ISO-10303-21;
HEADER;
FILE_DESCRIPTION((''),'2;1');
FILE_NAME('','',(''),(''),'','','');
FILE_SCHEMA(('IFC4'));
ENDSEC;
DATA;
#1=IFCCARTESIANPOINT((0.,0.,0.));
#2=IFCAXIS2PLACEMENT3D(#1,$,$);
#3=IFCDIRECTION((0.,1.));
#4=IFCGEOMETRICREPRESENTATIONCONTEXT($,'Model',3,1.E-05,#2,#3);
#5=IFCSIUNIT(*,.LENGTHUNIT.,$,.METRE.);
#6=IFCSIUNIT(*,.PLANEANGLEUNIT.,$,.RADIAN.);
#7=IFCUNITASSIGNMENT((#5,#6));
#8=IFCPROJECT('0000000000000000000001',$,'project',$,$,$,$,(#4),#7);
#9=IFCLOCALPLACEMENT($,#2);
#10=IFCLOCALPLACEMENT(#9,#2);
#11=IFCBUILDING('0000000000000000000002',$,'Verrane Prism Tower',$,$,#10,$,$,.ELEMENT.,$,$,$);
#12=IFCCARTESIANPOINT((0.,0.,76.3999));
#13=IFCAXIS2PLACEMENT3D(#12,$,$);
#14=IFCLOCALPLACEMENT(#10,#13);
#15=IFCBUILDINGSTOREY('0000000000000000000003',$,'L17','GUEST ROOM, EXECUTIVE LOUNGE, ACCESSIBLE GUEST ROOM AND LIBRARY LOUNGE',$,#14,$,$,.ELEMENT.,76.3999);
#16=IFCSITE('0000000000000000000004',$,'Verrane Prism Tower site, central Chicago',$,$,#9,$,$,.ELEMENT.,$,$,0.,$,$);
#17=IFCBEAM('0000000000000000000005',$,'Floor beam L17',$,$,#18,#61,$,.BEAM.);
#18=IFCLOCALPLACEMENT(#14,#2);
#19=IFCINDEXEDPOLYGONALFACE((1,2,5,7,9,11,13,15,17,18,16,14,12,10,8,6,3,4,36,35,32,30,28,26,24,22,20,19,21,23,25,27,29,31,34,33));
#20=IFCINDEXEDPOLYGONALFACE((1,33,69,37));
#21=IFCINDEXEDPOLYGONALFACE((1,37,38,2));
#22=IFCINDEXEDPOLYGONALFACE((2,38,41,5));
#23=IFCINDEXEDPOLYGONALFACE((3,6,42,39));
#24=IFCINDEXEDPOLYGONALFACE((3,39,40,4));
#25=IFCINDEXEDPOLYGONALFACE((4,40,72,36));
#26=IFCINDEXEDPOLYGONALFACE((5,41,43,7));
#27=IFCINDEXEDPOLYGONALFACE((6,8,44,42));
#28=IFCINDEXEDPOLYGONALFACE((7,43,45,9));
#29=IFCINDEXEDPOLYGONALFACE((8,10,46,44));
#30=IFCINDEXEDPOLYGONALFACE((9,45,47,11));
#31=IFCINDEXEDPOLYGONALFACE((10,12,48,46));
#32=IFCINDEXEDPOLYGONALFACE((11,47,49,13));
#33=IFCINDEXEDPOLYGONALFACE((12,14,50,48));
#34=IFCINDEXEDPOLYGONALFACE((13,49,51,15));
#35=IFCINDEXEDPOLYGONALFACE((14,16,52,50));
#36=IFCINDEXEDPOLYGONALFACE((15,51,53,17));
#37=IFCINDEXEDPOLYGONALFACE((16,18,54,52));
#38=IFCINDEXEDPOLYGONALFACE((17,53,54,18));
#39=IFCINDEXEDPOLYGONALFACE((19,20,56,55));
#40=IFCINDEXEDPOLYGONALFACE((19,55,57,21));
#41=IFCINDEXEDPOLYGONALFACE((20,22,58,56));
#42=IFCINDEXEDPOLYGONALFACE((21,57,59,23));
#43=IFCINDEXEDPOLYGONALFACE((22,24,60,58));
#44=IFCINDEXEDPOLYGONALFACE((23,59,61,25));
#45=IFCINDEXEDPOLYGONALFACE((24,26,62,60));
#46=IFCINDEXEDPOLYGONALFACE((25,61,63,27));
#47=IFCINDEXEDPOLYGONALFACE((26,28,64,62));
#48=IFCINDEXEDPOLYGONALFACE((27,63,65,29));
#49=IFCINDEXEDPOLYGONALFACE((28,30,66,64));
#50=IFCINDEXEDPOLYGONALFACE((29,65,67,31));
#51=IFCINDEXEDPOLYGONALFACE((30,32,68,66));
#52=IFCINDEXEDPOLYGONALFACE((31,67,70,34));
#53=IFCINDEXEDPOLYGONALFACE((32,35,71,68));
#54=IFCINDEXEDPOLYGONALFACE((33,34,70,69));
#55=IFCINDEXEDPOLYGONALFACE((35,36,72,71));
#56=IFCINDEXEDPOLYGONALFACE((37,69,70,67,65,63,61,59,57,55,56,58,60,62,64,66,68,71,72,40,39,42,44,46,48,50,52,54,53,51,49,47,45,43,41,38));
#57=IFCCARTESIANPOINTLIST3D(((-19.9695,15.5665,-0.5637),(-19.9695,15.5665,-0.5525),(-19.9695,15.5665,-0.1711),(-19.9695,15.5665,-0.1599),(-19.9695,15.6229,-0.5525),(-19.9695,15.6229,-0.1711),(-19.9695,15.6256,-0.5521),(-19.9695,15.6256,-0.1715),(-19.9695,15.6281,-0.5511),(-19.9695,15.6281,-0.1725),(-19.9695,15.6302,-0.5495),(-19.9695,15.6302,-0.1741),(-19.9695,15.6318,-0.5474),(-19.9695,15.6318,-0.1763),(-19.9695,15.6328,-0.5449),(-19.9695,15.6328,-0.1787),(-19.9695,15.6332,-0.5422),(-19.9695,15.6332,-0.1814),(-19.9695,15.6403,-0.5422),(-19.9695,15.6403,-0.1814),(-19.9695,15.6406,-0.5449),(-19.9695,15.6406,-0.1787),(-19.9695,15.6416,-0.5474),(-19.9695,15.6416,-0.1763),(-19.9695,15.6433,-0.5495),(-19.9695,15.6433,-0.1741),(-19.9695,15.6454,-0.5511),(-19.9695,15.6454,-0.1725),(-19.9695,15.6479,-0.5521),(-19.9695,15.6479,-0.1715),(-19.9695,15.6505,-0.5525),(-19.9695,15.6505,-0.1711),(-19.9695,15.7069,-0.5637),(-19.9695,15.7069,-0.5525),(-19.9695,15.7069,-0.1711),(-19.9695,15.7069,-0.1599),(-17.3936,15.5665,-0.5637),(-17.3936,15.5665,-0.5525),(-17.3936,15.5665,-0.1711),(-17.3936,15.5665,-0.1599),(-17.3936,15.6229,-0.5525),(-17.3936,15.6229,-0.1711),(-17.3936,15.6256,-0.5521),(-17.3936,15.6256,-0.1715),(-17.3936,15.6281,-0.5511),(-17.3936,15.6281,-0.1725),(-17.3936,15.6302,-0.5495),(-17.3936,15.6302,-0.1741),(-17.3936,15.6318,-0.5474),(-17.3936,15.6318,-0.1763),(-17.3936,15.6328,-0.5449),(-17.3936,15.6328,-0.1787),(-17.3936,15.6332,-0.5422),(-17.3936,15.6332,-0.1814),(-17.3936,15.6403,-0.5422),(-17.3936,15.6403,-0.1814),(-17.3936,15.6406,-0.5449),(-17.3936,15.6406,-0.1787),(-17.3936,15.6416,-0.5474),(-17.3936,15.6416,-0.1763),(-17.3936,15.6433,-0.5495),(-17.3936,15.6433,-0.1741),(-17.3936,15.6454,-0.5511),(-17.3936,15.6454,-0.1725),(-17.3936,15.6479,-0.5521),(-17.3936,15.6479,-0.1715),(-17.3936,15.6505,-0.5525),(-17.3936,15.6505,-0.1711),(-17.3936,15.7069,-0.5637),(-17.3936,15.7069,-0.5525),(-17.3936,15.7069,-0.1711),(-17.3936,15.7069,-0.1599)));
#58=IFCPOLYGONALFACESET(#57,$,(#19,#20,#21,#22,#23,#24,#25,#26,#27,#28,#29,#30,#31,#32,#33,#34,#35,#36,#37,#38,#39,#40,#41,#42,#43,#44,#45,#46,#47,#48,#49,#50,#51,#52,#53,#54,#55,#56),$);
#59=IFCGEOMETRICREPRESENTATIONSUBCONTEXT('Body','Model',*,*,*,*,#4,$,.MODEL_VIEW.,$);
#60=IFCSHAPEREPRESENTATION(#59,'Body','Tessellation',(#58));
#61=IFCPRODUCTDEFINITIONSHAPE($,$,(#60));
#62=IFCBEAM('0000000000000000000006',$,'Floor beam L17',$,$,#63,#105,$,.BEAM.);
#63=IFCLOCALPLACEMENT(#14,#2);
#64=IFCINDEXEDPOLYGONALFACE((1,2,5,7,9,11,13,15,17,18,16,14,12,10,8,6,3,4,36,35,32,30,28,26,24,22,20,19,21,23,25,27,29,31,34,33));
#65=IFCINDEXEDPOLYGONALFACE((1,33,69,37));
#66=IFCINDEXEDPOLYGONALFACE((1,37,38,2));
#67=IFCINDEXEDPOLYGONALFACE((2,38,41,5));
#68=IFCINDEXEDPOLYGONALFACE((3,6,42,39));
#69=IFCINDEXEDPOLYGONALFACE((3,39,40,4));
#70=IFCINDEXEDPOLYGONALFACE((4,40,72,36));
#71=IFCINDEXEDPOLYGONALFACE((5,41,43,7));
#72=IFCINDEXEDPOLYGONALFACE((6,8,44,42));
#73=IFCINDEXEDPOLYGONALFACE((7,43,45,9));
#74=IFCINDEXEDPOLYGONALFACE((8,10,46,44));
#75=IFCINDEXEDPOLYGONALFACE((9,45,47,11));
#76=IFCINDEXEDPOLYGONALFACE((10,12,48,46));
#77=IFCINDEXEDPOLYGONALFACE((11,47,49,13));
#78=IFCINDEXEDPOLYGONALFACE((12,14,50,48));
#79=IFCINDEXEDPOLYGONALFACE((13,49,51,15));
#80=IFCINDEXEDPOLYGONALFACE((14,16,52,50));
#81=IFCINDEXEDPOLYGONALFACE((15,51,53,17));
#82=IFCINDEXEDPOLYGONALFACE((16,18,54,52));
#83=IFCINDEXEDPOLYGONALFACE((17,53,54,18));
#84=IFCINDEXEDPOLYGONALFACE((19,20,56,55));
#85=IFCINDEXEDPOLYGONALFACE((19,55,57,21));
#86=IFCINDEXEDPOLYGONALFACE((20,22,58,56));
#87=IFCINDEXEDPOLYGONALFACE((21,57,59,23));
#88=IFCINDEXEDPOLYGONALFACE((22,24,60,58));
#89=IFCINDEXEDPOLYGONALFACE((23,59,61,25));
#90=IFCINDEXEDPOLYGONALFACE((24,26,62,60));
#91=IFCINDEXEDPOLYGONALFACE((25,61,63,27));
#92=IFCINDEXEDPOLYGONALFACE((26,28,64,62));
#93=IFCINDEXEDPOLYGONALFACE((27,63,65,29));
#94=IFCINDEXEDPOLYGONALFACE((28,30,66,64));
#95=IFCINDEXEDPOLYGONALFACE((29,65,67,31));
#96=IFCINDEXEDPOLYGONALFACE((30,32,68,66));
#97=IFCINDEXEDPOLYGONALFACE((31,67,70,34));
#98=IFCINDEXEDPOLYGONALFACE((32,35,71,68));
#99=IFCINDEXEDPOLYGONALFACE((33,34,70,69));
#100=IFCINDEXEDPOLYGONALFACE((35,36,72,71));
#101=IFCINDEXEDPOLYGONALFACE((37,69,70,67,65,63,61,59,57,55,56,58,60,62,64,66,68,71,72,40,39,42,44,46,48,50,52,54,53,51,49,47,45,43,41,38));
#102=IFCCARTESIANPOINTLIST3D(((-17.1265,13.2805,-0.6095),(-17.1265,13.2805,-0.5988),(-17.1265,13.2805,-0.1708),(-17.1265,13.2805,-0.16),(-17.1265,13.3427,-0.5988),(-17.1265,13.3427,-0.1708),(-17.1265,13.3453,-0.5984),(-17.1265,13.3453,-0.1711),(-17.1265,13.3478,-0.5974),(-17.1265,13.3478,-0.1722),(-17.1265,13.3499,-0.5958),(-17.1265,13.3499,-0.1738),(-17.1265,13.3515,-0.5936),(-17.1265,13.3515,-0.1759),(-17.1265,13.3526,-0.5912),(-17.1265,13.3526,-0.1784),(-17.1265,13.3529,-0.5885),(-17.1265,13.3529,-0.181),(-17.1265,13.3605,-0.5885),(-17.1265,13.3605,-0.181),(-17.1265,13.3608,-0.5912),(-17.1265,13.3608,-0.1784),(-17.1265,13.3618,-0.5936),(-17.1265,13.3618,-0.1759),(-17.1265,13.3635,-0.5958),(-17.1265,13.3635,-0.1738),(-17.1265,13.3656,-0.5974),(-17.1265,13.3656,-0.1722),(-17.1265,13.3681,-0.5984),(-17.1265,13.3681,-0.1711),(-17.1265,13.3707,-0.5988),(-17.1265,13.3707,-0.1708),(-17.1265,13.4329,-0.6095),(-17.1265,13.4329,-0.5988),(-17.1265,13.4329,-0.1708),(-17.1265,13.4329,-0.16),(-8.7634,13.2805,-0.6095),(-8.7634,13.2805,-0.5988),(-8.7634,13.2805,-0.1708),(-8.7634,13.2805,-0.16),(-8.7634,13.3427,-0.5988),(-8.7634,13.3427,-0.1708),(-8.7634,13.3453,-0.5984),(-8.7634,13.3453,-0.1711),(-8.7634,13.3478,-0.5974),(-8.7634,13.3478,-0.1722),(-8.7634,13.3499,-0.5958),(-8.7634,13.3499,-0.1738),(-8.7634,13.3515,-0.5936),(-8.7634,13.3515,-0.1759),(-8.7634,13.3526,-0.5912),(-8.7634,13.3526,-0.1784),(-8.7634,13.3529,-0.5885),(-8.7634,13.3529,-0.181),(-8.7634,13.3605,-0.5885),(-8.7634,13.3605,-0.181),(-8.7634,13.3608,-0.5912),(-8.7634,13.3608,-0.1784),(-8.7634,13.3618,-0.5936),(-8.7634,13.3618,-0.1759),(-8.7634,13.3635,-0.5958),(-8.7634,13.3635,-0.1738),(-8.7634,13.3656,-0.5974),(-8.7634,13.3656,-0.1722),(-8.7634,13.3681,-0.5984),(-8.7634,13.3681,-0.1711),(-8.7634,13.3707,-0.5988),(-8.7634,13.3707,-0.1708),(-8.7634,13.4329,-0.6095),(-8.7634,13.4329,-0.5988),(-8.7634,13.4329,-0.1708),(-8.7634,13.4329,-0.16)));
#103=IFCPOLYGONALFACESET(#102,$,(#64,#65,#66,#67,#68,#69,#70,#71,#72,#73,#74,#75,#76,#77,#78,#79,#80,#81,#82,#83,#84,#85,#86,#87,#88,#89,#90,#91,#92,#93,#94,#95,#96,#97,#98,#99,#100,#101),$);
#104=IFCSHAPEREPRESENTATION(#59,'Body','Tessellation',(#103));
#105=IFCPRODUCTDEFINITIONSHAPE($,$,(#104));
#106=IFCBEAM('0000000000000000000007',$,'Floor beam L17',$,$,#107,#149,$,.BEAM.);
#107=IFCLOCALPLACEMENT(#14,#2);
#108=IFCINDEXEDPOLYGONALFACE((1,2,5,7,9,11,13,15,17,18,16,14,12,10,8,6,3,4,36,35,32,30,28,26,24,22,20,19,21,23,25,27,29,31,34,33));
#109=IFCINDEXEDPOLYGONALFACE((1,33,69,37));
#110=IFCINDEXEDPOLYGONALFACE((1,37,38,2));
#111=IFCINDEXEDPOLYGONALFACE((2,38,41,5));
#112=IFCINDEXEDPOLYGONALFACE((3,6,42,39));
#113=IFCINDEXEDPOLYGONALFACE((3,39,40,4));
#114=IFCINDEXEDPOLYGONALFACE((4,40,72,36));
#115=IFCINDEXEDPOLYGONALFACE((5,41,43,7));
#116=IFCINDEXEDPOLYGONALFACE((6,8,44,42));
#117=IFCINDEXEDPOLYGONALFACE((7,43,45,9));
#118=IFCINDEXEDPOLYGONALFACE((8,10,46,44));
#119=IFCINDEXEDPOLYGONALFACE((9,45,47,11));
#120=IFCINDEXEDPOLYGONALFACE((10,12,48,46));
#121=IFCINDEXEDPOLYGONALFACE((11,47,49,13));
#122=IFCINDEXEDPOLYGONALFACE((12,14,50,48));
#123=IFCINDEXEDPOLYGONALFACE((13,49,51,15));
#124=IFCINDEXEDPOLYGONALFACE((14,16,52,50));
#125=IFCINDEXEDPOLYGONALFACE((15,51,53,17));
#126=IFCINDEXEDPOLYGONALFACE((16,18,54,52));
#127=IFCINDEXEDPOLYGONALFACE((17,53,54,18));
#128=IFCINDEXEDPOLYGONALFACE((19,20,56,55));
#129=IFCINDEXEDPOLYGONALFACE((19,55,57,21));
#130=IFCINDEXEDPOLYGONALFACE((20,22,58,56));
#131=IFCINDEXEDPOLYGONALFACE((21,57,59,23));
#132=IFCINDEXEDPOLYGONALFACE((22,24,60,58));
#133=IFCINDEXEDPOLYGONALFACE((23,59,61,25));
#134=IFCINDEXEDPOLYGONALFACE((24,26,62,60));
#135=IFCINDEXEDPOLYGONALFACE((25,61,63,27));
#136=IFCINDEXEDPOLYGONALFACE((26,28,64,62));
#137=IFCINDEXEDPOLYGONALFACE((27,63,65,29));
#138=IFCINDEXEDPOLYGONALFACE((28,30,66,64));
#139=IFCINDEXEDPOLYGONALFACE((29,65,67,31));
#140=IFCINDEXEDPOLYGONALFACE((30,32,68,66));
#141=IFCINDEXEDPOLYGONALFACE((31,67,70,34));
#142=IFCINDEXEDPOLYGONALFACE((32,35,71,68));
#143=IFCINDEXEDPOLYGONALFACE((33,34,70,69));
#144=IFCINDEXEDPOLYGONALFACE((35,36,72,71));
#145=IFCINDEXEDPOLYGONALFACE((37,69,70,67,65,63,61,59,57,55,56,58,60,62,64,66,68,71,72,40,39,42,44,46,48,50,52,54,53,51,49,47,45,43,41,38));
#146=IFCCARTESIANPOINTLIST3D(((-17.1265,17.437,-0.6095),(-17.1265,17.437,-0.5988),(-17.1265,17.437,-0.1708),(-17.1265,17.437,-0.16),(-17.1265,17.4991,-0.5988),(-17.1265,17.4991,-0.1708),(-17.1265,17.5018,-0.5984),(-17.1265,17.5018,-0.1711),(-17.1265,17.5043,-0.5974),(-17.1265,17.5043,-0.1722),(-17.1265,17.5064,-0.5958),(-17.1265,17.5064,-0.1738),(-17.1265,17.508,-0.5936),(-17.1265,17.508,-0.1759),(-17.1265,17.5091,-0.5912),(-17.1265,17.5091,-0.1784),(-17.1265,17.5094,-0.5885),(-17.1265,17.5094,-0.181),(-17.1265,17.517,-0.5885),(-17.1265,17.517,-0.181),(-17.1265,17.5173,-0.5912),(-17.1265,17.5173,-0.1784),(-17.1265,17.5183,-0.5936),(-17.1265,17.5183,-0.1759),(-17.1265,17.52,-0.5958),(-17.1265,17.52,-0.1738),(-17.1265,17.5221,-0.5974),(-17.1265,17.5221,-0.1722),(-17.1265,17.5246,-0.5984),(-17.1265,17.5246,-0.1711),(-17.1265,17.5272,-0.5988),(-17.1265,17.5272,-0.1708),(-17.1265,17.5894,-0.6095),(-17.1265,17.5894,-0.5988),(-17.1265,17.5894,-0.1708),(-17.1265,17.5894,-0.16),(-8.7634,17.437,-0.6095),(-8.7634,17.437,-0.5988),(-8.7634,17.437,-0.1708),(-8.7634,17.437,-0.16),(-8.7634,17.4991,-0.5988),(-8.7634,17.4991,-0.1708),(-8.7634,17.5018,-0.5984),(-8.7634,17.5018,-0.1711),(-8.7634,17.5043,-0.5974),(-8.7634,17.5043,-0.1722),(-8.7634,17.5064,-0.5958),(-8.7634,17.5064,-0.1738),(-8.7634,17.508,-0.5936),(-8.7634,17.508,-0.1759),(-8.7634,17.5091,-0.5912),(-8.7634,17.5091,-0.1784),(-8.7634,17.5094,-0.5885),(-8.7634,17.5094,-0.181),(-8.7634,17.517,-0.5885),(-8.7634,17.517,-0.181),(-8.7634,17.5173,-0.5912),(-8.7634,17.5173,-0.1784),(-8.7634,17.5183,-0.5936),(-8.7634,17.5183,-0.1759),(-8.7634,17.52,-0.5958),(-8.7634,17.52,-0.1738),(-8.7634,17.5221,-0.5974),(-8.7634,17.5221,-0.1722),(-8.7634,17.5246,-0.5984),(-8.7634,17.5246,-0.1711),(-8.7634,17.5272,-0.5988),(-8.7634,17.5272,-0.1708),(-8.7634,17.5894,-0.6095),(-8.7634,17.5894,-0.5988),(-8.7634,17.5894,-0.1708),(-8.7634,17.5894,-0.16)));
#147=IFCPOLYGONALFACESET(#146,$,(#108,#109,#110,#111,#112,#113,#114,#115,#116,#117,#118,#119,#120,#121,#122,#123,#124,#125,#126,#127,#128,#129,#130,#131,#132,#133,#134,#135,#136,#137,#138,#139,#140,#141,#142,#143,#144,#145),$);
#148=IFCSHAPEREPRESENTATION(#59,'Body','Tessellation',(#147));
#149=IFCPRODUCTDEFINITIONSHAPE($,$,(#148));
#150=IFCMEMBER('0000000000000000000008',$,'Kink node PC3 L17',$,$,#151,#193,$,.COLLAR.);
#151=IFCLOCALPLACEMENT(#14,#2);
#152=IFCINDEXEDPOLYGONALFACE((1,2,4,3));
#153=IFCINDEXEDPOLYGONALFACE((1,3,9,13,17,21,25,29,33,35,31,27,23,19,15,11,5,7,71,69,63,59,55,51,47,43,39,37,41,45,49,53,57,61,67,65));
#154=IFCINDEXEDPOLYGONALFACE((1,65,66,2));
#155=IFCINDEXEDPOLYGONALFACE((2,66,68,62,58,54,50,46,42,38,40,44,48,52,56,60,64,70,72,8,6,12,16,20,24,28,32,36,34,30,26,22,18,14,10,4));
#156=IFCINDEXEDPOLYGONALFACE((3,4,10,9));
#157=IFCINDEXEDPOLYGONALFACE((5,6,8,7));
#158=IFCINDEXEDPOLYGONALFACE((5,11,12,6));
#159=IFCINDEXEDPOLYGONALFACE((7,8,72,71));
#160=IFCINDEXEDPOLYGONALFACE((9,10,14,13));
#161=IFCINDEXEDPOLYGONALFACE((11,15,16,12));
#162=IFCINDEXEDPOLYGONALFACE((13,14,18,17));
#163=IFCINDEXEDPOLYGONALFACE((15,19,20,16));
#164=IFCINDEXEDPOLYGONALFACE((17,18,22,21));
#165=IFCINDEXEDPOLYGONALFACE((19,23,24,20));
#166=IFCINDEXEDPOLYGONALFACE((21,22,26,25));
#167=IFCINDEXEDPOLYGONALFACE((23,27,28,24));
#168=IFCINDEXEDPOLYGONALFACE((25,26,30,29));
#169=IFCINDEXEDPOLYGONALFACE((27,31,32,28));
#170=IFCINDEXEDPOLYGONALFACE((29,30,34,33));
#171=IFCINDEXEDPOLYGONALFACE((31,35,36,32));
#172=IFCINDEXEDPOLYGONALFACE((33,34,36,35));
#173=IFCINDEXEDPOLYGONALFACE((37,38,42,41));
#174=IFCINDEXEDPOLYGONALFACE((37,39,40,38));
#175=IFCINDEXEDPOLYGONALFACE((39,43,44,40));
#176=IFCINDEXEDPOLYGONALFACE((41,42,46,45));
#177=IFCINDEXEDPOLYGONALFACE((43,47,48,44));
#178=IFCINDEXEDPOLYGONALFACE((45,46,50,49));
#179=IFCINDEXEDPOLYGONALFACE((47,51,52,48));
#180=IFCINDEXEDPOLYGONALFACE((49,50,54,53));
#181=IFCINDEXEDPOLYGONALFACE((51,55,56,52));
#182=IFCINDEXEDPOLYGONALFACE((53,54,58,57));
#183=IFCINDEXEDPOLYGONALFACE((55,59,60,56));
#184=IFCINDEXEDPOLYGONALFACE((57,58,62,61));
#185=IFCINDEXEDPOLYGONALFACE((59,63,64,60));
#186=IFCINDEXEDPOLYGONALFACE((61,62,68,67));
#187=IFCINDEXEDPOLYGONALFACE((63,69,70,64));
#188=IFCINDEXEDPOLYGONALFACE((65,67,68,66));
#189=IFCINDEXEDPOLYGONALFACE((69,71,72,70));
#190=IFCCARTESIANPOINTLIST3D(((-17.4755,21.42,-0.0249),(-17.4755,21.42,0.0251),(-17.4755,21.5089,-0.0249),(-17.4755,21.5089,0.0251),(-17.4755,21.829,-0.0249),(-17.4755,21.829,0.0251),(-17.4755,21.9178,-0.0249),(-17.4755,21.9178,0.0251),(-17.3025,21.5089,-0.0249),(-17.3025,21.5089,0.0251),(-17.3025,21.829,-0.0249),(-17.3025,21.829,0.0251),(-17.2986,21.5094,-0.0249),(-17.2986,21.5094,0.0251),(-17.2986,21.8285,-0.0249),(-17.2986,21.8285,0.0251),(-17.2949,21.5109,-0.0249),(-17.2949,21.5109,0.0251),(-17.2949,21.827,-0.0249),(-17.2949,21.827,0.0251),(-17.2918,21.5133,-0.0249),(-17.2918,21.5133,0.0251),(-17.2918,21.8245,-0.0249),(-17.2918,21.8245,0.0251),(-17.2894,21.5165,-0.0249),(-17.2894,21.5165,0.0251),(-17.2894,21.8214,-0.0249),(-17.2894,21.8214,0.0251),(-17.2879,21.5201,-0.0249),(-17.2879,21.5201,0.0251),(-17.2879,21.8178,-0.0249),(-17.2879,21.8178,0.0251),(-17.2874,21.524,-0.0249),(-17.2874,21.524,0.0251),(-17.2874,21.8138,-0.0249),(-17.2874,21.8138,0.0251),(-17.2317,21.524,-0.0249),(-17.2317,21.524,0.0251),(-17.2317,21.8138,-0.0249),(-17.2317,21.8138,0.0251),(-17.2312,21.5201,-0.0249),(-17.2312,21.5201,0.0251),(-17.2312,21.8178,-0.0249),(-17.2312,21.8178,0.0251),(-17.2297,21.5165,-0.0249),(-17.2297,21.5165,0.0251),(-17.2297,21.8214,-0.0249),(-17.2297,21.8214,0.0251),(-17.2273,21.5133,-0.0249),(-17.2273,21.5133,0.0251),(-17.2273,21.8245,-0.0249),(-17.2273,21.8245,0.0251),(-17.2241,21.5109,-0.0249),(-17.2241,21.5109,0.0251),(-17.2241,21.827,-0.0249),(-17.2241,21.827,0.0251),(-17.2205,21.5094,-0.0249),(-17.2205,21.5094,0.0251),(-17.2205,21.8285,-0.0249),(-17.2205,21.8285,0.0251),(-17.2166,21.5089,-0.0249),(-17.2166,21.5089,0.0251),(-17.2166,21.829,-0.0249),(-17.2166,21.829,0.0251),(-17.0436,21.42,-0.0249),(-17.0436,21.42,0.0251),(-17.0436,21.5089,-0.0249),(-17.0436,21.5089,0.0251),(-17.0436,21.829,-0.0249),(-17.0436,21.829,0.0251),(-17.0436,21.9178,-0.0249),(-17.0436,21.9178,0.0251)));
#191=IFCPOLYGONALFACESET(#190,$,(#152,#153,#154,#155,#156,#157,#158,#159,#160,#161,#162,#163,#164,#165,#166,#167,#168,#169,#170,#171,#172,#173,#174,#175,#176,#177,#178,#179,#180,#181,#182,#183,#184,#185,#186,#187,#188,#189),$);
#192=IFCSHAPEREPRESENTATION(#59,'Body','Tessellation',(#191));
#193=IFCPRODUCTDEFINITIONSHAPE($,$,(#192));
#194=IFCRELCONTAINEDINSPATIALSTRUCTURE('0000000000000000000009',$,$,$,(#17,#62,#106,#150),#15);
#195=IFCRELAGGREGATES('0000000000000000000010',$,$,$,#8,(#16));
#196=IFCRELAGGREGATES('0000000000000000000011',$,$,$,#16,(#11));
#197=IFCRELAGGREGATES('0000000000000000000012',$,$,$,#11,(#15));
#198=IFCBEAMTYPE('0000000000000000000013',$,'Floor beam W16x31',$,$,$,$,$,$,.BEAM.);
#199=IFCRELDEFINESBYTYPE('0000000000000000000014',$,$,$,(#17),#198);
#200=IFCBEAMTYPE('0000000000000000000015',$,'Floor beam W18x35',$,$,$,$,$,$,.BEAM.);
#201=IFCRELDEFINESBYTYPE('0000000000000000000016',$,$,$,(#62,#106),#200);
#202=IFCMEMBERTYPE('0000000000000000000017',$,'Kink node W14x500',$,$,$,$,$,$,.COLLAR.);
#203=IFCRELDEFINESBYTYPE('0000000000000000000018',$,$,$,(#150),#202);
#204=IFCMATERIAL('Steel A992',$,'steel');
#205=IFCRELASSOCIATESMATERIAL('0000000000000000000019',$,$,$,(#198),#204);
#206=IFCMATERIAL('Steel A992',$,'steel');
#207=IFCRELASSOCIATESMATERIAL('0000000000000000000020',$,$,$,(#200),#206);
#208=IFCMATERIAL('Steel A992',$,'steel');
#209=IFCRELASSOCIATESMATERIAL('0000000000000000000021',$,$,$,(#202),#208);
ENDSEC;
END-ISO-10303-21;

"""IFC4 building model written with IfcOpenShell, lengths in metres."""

from ifc_helpers import new_model, si_unit, direction, frame, origin, origin_2d, place, context, subcontext, project, spatial, i_section, extrude, material, material_profile, profile_set, type_object, element, save


model = new_model("IFC4")

# Units and contexts
model_context = context("Model", 3, precision=1e-05, world=origin(), true_north=direction((0.0, 1.0)))
body_context = subcontext(model_context, "Body", "Model", "MODEL_VIEW")
ifc_project = project(units=[si_unit("LENGTHUNIT", "METRE"), si_unit("PLANEANGLEUNIT", "RADIAN")], contexts=[model_context])

# Site, building, storey
site_placement = place(None, origin())
site = spatial("IfcSite", under=ifc_project, at=site_placement, Name="Verrane Prism Tower site, central Chicago", CompositionType="ELEMENT", RefElevation=0.0)
building_placement = place(site_placement, origin())
building = spatial("IfcBuilding", under=site, at=building_placement, Name="Verrane Prism Tower", CompositionType="ELEMENT")
storey_placement = place(building_placement, frame((0.0, 0.0, 76.3999)))
storey = spatial("IfcBuildingStorey", under=building, at=storey_placement, Name="L17", Description="GUEST ROOM, EXECUTIVE LOUNGE, ACCESSIBLE GUEST ROOM AND LIBRARY LOUNGE", CompositionType="ELEMENT", Elevation=76.3999)

# Beams
ifc_material_1 = material(Name="Steel A992", Category="steel")
ifc_material_profile_1 = material_profile(ifc_material_1, i_section(OverallWidth=0.1404, OverallDepth=0.4038, WebThickness=0.0071, FlangeThickness=0.0112, FilletRadius=0.0103, at=origin_2d()), Name="W16x31")
ifc_profile_set_1 = profile_set([ifc_material_profile_1], Name="Steel A992")
beam_type_1 = type_object("IfcBeamType", Name="Floor beam W16x31", PredefinedType="BEAM", material=ifc_profile_set_1)
beam_1_placement = place(storey_placement, frame((-19.9695, 15.6367, -0.3618), z_axis=(1.0, 0.0, 0.0), x_axis=(0.0, 1.0, 0.0)))
element("IfcBeam", 1, at=beam_1_placement, inside=storey, type_object=beam_type_1, Name="Floor beam L17", PredefinedType="BEAM", context=body_context, shape_type="SweptSolid", body=[
    extrude(i_section(OverallWidth=0.1404, OverallDepth=0.4038, WebThickness=0.0071, FlangeThickness=0.0112, FilletRadius=0.0103, at=origin_2d()), origin(), (0.0, 0.0, 1.0), 2.5759),
])
ifc_material_2 = material(Name="Steel A992", Category="steel")
ifc_material_profile_2 = material_profile(ifc_material_2, i_section(OverallWidth=0.1523, OverallDepth=0.4495, WebThickness=0.0076, FlangeThickness=0.0107, FilletRadius=0.0103, at=origin_2d()), Name="W18x35")
ifc_profile_set_2 = profile_set([ifc_material_profile_2], Name="Steel A992")
beam_type_2 = type_object("IfcBeamType", Name="Floor beam W18x35", PredefinedType="BEAM", material=ifc_profile_set_2)
for number, where, z_axis, x_axis, name in (
    (2, (-17.1265, 13.3567, -0.3848), (1.0, 0.0, 0.0), (0.0, 1.0, 0.0), "Floor beam L17"),
    (3, (-17.1265, 17.5132, -0.3848), (1.0, 0.0, 0.0), (0.0, 1.0, 0.0), "Floor beam L17"),
):
    element("IfcBeam", number, at=place(storey_placement, frame(where, z_axis=z_axis, x_axis=x_axis)), inside=storey, type_object=beam_type_2, Name=name, PredefinedType="BEAM", context=body_context, shape_type="SweptSolid", body=[
        extrude(i_section(OverallWidth=0.1523, OverallDepth=0.4495, WebThickness=0.0076, FlangeThickness=0.0107, FilletRadius=0.0103, at=origin_2d()), origin(), (0.0, 0.0, 1.0), 8.363),
    ])

# Member
ifc_material_3 = material(Name="Steel A992", Category="steel")
ifc_material_profile_3 = material_profile(ifc_material_3, i_section(OverallWidth=0.4319, OverallDepth=0.4978, WebThickness=0.0557, FlangeThickness=0.0889, FilletRadius=0.0151, at=origin_2d()), Name="W14x500")
ifc_profile_set_3 = profile_set([ifc_material_profile_3], Name="Steel A992")
member_type_1 = type_object("IfcMemberType", Name="Kink node W14x500", PredefinedType="COLLAR", material=ifc_profile_set_3)
member_1_placement = place(storey_placement, frame((-17.2595, 21.6689, -0.0249), z_axis=(0.0, 0.0, 1.0), x_axis=(1.0, 0.0, 0.0)))
element("IfcMember", 4, at=member_1_placement, inside=storey, type_object=member_type_1, Name="Kink node PC3 L17", PredefinedType="COLLAR", context=body_context, shape_type="SweptSolid", body=[
    extrude(i_section(OverallWidth=0.4319, OverallDepth=0.4978, WebThickness=0.0557, FlangeThickness=0.0889, FilletRadius=0.0151, at=origin_2d()), origin(), (0.0, 0.0, 1.0), 0.05),
])

save(model, "model.ifc")
